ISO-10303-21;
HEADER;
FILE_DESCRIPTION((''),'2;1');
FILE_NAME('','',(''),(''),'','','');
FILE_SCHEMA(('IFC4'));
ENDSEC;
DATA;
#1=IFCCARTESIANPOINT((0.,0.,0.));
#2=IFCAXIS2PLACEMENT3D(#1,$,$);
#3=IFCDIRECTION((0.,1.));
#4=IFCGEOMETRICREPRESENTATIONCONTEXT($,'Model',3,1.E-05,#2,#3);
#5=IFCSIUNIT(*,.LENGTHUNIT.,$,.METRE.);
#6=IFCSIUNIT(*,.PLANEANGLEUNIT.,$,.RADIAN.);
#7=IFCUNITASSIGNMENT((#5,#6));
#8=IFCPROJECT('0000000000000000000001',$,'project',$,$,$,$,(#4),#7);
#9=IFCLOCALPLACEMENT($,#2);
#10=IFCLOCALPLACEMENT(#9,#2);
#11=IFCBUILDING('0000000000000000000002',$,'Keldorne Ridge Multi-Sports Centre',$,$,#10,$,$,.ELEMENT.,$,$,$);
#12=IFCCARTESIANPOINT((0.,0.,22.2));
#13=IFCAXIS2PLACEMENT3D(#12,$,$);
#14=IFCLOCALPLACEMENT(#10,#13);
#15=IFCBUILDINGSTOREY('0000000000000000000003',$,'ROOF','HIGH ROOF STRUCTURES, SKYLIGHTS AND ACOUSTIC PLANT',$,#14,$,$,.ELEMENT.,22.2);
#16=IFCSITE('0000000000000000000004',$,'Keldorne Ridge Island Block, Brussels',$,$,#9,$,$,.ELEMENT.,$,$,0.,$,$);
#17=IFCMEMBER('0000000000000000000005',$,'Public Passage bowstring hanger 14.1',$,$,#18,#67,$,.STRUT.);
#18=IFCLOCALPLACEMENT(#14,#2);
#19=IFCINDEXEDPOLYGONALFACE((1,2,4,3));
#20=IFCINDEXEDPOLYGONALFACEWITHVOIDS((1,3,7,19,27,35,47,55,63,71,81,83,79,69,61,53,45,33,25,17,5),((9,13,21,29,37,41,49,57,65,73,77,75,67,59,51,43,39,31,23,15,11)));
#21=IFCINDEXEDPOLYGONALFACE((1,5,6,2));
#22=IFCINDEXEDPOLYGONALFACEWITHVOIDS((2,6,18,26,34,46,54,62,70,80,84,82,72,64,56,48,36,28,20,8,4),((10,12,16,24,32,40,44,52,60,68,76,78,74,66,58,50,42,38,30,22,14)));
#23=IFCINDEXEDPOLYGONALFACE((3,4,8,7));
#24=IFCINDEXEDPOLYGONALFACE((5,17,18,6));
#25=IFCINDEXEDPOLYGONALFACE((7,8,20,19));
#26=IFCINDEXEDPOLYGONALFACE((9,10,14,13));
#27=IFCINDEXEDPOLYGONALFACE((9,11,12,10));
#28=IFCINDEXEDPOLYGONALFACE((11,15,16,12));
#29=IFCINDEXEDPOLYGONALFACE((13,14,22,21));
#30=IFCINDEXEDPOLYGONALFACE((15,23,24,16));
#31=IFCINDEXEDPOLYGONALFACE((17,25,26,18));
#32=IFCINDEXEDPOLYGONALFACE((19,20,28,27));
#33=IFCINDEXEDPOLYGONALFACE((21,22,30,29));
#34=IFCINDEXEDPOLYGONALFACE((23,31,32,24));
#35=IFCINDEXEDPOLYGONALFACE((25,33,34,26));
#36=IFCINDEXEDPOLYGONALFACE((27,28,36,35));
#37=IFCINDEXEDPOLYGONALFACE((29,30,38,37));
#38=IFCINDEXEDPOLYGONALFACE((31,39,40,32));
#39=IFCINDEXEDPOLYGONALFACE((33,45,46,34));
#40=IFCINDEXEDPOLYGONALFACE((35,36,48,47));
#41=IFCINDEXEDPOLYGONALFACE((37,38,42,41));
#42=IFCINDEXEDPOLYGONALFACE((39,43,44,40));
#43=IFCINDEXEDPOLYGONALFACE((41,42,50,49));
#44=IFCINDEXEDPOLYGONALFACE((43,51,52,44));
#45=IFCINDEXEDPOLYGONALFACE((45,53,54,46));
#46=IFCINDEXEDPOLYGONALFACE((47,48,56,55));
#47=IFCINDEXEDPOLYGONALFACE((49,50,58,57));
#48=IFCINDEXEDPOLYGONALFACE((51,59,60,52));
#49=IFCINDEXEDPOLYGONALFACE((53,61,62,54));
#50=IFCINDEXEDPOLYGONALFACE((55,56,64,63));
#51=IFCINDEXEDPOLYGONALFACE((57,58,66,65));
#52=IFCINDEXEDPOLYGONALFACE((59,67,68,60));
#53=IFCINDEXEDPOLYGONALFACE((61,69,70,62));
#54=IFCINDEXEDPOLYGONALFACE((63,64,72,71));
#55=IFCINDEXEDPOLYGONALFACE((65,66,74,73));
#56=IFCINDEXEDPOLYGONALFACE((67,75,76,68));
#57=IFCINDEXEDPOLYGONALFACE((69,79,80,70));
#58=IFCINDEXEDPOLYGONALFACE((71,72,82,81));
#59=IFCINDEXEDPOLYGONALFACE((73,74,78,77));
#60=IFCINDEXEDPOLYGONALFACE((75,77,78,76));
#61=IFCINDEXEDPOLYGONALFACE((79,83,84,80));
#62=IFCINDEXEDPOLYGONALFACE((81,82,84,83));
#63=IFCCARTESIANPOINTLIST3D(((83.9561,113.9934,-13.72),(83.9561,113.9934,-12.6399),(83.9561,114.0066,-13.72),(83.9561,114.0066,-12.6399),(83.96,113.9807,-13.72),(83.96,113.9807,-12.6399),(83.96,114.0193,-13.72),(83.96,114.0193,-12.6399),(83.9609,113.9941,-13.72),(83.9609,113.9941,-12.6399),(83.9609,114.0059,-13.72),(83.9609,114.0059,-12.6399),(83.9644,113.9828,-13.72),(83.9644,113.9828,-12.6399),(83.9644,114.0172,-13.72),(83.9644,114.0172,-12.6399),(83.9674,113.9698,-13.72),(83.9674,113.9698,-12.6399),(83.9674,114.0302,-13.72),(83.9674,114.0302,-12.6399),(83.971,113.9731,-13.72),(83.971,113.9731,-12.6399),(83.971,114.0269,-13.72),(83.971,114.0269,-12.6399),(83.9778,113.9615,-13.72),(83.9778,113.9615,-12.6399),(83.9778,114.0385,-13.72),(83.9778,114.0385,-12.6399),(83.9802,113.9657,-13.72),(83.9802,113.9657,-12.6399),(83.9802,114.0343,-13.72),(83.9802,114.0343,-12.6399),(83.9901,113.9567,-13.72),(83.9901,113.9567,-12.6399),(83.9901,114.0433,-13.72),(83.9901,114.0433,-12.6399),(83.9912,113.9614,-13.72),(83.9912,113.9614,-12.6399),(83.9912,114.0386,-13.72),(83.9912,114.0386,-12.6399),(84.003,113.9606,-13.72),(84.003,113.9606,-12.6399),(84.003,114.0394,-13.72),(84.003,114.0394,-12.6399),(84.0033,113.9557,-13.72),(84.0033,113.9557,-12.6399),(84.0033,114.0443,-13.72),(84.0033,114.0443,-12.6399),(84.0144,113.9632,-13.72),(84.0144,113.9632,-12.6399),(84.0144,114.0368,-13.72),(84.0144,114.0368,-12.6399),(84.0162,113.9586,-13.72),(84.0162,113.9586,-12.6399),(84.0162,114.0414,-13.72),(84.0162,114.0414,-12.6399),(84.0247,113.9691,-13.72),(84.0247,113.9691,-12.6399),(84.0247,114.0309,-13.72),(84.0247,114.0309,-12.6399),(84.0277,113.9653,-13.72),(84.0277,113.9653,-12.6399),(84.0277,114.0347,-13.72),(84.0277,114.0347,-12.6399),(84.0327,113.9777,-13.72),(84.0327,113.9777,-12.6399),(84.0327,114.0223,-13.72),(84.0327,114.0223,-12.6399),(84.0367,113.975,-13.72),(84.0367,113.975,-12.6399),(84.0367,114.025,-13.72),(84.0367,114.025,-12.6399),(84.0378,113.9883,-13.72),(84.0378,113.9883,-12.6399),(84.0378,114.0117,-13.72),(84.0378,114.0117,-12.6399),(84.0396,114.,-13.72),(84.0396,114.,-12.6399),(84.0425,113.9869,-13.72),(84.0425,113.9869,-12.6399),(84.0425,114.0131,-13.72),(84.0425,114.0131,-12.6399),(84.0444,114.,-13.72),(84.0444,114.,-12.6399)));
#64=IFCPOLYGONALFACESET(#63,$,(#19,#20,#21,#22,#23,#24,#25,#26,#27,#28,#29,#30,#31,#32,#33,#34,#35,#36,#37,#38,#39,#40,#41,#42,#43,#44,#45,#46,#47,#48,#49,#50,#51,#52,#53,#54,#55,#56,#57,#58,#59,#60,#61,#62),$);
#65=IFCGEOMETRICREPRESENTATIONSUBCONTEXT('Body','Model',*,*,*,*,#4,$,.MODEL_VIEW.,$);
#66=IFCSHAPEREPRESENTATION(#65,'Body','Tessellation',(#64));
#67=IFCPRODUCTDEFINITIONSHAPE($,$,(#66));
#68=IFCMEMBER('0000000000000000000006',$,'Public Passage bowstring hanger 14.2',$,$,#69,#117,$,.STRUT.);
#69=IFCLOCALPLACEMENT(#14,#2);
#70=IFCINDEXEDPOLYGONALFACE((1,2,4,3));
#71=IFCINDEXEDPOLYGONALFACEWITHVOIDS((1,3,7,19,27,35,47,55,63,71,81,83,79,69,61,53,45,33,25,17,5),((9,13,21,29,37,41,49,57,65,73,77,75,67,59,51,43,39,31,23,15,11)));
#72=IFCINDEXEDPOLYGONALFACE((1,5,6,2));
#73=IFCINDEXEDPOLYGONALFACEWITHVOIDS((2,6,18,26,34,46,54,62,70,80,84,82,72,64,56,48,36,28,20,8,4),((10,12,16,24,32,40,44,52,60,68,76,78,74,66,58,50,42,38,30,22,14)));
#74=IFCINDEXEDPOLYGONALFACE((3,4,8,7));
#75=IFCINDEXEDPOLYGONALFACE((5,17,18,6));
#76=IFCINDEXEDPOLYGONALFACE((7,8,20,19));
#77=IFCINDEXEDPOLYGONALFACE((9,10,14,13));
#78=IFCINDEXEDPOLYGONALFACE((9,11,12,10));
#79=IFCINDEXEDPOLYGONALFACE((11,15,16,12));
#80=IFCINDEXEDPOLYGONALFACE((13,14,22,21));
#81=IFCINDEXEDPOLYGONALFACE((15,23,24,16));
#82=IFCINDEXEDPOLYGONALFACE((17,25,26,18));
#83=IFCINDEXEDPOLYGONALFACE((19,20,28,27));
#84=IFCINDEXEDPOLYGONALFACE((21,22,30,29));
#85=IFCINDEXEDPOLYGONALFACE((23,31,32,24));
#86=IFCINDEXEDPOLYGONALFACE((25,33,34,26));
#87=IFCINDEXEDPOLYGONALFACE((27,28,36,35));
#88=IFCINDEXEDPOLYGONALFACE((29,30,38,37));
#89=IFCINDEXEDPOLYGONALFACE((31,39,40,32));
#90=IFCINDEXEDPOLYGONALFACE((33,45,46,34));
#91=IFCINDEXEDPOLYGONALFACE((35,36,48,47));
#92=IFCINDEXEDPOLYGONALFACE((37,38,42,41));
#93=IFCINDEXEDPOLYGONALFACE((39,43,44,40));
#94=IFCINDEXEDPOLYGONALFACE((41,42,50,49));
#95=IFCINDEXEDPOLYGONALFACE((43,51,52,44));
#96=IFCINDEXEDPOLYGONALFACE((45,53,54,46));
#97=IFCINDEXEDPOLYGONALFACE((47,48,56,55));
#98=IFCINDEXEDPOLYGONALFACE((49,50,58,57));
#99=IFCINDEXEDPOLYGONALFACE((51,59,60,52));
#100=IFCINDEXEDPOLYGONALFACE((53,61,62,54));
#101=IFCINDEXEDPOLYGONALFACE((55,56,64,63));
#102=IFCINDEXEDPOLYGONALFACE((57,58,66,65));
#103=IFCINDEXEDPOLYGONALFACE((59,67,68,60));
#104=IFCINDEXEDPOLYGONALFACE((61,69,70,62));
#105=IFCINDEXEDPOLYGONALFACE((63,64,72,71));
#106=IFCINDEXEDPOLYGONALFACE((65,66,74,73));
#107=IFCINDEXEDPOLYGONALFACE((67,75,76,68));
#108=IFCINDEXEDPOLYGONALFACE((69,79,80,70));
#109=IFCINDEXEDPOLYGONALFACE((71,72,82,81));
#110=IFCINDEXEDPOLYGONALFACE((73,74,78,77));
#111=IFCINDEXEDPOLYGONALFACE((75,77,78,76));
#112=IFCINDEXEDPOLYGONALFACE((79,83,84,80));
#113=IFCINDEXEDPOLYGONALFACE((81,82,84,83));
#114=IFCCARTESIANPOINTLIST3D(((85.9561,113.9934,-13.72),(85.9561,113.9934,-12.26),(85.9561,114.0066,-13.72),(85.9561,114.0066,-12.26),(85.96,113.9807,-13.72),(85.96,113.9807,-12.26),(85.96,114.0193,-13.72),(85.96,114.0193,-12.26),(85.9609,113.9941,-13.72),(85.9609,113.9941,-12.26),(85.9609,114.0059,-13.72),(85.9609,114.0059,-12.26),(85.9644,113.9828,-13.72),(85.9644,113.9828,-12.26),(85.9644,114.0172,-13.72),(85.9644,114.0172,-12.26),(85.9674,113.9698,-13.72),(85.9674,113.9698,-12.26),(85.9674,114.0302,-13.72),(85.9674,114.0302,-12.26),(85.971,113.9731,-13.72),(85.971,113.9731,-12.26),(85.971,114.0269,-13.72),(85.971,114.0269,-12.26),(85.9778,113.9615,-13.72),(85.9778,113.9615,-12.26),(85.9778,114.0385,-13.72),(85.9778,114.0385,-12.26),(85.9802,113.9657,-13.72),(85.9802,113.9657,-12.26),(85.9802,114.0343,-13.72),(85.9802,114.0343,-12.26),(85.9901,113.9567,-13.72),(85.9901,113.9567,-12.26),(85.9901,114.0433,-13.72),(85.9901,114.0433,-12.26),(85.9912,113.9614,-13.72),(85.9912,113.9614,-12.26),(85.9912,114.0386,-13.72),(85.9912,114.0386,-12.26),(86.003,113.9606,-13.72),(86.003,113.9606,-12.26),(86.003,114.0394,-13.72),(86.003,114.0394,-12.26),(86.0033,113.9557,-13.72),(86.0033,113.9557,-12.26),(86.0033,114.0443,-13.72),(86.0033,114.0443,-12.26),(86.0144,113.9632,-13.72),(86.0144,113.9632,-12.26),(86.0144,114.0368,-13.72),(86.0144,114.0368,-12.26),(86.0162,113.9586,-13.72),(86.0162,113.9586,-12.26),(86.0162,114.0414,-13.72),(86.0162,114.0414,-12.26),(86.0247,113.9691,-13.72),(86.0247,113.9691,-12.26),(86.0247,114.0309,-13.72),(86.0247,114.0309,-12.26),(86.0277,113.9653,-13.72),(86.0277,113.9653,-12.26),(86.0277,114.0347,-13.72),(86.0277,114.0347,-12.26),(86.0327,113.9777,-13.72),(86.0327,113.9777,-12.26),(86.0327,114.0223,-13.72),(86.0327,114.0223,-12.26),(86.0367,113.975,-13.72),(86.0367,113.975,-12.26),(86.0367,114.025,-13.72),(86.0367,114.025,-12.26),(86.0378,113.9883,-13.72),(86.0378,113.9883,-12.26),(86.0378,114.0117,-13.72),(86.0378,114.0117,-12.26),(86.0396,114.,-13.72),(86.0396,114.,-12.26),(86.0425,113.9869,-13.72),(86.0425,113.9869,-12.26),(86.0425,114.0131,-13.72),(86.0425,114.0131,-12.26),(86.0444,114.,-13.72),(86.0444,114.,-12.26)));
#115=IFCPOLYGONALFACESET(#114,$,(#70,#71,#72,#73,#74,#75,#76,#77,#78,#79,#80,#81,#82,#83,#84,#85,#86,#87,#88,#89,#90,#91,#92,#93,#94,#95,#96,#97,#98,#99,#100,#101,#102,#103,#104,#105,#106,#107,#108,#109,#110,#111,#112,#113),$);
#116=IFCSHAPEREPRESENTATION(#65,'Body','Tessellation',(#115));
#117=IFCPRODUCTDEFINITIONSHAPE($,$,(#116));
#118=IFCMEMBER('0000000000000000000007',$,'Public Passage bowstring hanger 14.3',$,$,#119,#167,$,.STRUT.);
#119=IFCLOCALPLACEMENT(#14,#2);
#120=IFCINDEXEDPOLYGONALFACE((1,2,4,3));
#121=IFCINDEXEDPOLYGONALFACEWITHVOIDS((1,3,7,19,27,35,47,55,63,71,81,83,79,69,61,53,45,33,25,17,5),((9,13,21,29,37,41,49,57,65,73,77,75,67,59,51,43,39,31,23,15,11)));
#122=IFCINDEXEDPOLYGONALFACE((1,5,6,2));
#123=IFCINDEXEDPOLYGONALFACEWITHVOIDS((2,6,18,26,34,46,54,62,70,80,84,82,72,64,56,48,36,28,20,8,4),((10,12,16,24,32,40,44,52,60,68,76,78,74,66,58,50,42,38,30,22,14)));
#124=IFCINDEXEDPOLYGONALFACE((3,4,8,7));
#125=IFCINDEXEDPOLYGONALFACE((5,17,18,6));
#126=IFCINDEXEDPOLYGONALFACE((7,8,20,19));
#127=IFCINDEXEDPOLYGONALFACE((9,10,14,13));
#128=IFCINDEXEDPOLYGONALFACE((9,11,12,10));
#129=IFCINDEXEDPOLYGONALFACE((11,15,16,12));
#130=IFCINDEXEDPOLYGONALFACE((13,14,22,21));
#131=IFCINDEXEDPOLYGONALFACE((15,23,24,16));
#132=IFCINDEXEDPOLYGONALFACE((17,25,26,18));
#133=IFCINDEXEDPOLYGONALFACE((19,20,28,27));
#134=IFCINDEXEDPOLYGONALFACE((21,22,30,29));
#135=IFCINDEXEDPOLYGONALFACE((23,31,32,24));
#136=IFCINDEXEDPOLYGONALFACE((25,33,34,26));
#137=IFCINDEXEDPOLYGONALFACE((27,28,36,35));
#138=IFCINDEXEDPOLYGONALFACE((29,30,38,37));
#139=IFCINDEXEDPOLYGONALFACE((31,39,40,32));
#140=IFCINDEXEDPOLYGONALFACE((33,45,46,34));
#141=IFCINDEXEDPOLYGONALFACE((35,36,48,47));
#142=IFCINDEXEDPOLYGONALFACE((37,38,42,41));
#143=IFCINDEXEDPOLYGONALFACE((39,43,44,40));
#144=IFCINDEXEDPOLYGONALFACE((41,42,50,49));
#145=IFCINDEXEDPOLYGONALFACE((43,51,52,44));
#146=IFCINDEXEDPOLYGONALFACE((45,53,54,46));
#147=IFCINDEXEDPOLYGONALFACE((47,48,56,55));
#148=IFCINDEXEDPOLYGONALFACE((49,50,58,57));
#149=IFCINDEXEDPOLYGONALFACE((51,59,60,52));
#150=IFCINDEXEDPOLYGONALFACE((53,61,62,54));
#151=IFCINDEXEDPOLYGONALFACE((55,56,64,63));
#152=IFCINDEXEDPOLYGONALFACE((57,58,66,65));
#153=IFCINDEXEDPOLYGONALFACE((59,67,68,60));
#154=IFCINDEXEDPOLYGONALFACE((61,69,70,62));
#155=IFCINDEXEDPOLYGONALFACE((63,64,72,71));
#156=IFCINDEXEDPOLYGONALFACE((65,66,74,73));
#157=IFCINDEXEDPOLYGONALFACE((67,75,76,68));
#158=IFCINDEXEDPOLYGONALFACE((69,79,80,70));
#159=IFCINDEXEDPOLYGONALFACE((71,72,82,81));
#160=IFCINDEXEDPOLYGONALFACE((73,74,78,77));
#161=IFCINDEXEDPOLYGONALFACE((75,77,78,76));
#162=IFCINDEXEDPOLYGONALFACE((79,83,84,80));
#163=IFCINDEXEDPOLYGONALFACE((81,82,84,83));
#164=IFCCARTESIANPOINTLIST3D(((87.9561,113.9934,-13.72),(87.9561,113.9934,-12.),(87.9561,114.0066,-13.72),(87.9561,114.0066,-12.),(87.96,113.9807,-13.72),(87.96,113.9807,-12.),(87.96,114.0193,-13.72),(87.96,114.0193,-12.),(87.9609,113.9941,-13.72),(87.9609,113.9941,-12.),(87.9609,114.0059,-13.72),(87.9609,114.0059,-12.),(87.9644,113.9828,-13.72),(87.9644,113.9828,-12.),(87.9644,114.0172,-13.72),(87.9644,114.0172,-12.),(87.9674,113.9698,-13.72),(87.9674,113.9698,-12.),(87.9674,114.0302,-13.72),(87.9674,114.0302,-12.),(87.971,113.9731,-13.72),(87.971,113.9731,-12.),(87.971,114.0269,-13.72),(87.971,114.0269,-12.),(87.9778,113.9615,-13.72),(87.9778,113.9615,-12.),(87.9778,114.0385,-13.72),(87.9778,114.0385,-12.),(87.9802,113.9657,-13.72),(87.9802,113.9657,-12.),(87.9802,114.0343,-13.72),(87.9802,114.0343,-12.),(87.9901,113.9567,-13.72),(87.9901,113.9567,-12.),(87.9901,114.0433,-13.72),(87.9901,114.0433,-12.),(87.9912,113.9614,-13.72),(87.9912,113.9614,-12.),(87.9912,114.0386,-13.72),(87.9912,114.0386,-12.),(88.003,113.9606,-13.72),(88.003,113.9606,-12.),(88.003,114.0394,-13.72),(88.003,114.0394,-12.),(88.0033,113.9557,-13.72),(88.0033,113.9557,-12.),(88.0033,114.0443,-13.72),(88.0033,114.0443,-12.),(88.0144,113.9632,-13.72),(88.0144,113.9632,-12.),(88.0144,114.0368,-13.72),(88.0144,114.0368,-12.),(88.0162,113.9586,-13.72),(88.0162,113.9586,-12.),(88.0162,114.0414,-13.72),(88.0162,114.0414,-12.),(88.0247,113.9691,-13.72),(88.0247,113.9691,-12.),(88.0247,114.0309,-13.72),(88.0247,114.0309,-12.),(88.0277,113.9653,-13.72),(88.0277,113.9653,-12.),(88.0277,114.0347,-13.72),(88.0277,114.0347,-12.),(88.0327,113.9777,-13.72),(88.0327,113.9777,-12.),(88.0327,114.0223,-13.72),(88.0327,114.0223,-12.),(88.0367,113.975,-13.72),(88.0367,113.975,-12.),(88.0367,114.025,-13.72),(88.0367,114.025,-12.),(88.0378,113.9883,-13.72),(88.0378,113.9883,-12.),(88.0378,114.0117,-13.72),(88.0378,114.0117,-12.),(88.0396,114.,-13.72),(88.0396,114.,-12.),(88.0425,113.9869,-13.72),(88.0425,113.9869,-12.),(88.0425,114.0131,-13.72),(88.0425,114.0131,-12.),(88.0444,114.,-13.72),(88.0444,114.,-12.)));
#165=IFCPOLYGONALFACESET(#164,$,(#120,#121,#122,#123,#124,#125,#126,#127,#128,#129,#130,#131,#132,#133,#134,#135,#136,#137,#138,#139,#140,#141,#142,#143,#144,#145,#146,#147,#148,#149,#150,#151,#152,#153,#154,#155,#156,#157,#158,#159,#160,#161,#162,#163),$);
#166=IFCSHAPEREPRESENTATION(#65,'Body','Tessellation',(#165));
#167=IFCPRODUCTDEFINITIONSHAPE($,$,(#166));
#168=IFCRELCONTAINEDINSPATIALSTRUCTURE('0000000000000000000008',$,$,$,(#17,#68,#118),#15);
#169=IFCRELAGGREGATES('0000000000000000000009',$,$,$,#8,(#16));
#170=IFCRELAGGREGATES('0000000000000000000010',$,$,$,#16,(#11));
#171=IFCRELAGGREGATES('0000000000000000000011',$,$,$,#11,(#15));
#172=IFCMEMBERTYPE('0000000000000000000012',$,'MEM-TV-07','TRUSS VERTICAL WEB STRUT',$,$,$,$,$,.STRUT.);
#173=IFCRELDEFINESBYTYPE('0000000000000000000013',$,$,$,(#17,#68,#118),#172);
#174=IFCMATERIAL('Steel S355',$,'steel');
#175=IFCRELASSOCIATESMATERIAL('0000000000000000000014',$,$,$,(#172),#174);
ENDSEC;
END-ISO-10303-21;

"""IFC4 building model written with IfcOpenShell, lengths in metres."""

from ifc_helpers import new_model, si_unit, direction, frame, origin, origin_2d, place, context, subcontext, project, spatial, hollow_circle, extrude, material, material_profile, profile_set, type_object, element, save


model = new_model("IFC4")

# Units and contexts
model_context = context("Model", 3, precision=1e-05, world=origin(), true_north=direction((0.0, 1.0)))
body_context = subcontext(model_context, "Body", "Model", "MODEL_VIEW")
ifc_project = project(units=[si_unit("LENGTHUNIT", "METRE"), si_unit("PLANEANGLEUNIT", "RADIAN")], contexts=[model_context])

# Site, building, storey
site_placement = place(None, origin())
site = spatial("IfcSite", under=ifc_project, at=site_placement, Name="Keldorne Ridge Island Block, Brussels", CompositionType="ELEMENT", RefElevation=0.0)
building_placement = place(site_placement, origin())
building = spatial("IfcBuilding", under=site, at=building_placement, Name="Keldorne Ridge Multi-Sports Centre", CompositionType="ELEMENT")
storey_placement = place(building_placement, frame((0.0, 0.0, 22.2)))
storey = spatial("IfcBuildingStorey", under=building, at=storey_placement, Name="ROOF", Description="HIGH ROOF STRUCTURES, SKYLIGHTS AND ACOUSTIC PLANT", CompositionType="ELEMENT", Elevation=22.2)

# Members
ifc_material = material(Name="Steel S355", Category="steel")
ifc_material_profile_1 = material_profile(ifc_material, hollow_circle(Radius=0.0444, WallThickness=0.0049, at=origin_2d()), Name="CHS 88.9x5")
ifc_profile_set_1 = profile_set([ifc_material_profile_1], Name="Steel S355")
member_type_1 = type_object("IfcMemberType", Name="MEM-TV-07", Description="TRUSS VERTICAL WEB STRUT", PredefinedType="STRUT", material=ifc_profile_set_1)
member_1_placement = place(storey_placement, frame((84.0, 114.0, -13.72), z_axis=(0.0, 0.0, 1.0), x_axis=(1.0, 0.0, 0.0)))
element("IfcMember", 1, at=member_1_placement, inside=storey, type_object=member_type_1, Name="Public Passage bowstring hanger 14.1", PredefinedType="STRUT", context=body_context, shape_type="SweptSolid", body=[
    extrude(hollow_circle(Radius=0.0444, WallThickness=0.0049, at=origin_2d()), origin(), (0.0, 0.0, 1.0), 1.0801),
])
member_2_placement = place(storey_placement, frame((86.0, 114.0, -13.72), z_axis=(0.0, 0.0, 1.0), x_axis=(1.0, 0.0, 0.0)))
element("IfcMember", 2, at=member_2_placement, inside=storey, type_object=member_type_1, Name="Public Passage bowstring hanger 14.2", PredefinedType="STRUT", context=body_context, shape_type="SweptSolid", body=[
    extrude(hollow_circle(Radius=0.0444, WallThickness=0.0049, at=origin_2d()), origin(), (0.0, 0.0, 1.0), 1.46),
])
member_3_placement = place(storey_placement, frame((88.0, 114.0, -13.72), z_axis=(0.0, 0.0, 1.0), x_axis=(1.0, 0.0, 0.0)))
element("IfcMember", 3, at=member_3_placement, inside=storey, type_object=member_type_1, Name="Public Passage bowstring hanger 14.3", PredefinedType="STRUT", context=body_context, shape_type="SweptSolid", body=[
    extrude(hollow_circle(Radius=0.0444, WallThickness=0.0049, at=origin_2d()), origin(), (0.0, 0.0, 1.0), 1.72),
])

save(model, "model.ifc")
